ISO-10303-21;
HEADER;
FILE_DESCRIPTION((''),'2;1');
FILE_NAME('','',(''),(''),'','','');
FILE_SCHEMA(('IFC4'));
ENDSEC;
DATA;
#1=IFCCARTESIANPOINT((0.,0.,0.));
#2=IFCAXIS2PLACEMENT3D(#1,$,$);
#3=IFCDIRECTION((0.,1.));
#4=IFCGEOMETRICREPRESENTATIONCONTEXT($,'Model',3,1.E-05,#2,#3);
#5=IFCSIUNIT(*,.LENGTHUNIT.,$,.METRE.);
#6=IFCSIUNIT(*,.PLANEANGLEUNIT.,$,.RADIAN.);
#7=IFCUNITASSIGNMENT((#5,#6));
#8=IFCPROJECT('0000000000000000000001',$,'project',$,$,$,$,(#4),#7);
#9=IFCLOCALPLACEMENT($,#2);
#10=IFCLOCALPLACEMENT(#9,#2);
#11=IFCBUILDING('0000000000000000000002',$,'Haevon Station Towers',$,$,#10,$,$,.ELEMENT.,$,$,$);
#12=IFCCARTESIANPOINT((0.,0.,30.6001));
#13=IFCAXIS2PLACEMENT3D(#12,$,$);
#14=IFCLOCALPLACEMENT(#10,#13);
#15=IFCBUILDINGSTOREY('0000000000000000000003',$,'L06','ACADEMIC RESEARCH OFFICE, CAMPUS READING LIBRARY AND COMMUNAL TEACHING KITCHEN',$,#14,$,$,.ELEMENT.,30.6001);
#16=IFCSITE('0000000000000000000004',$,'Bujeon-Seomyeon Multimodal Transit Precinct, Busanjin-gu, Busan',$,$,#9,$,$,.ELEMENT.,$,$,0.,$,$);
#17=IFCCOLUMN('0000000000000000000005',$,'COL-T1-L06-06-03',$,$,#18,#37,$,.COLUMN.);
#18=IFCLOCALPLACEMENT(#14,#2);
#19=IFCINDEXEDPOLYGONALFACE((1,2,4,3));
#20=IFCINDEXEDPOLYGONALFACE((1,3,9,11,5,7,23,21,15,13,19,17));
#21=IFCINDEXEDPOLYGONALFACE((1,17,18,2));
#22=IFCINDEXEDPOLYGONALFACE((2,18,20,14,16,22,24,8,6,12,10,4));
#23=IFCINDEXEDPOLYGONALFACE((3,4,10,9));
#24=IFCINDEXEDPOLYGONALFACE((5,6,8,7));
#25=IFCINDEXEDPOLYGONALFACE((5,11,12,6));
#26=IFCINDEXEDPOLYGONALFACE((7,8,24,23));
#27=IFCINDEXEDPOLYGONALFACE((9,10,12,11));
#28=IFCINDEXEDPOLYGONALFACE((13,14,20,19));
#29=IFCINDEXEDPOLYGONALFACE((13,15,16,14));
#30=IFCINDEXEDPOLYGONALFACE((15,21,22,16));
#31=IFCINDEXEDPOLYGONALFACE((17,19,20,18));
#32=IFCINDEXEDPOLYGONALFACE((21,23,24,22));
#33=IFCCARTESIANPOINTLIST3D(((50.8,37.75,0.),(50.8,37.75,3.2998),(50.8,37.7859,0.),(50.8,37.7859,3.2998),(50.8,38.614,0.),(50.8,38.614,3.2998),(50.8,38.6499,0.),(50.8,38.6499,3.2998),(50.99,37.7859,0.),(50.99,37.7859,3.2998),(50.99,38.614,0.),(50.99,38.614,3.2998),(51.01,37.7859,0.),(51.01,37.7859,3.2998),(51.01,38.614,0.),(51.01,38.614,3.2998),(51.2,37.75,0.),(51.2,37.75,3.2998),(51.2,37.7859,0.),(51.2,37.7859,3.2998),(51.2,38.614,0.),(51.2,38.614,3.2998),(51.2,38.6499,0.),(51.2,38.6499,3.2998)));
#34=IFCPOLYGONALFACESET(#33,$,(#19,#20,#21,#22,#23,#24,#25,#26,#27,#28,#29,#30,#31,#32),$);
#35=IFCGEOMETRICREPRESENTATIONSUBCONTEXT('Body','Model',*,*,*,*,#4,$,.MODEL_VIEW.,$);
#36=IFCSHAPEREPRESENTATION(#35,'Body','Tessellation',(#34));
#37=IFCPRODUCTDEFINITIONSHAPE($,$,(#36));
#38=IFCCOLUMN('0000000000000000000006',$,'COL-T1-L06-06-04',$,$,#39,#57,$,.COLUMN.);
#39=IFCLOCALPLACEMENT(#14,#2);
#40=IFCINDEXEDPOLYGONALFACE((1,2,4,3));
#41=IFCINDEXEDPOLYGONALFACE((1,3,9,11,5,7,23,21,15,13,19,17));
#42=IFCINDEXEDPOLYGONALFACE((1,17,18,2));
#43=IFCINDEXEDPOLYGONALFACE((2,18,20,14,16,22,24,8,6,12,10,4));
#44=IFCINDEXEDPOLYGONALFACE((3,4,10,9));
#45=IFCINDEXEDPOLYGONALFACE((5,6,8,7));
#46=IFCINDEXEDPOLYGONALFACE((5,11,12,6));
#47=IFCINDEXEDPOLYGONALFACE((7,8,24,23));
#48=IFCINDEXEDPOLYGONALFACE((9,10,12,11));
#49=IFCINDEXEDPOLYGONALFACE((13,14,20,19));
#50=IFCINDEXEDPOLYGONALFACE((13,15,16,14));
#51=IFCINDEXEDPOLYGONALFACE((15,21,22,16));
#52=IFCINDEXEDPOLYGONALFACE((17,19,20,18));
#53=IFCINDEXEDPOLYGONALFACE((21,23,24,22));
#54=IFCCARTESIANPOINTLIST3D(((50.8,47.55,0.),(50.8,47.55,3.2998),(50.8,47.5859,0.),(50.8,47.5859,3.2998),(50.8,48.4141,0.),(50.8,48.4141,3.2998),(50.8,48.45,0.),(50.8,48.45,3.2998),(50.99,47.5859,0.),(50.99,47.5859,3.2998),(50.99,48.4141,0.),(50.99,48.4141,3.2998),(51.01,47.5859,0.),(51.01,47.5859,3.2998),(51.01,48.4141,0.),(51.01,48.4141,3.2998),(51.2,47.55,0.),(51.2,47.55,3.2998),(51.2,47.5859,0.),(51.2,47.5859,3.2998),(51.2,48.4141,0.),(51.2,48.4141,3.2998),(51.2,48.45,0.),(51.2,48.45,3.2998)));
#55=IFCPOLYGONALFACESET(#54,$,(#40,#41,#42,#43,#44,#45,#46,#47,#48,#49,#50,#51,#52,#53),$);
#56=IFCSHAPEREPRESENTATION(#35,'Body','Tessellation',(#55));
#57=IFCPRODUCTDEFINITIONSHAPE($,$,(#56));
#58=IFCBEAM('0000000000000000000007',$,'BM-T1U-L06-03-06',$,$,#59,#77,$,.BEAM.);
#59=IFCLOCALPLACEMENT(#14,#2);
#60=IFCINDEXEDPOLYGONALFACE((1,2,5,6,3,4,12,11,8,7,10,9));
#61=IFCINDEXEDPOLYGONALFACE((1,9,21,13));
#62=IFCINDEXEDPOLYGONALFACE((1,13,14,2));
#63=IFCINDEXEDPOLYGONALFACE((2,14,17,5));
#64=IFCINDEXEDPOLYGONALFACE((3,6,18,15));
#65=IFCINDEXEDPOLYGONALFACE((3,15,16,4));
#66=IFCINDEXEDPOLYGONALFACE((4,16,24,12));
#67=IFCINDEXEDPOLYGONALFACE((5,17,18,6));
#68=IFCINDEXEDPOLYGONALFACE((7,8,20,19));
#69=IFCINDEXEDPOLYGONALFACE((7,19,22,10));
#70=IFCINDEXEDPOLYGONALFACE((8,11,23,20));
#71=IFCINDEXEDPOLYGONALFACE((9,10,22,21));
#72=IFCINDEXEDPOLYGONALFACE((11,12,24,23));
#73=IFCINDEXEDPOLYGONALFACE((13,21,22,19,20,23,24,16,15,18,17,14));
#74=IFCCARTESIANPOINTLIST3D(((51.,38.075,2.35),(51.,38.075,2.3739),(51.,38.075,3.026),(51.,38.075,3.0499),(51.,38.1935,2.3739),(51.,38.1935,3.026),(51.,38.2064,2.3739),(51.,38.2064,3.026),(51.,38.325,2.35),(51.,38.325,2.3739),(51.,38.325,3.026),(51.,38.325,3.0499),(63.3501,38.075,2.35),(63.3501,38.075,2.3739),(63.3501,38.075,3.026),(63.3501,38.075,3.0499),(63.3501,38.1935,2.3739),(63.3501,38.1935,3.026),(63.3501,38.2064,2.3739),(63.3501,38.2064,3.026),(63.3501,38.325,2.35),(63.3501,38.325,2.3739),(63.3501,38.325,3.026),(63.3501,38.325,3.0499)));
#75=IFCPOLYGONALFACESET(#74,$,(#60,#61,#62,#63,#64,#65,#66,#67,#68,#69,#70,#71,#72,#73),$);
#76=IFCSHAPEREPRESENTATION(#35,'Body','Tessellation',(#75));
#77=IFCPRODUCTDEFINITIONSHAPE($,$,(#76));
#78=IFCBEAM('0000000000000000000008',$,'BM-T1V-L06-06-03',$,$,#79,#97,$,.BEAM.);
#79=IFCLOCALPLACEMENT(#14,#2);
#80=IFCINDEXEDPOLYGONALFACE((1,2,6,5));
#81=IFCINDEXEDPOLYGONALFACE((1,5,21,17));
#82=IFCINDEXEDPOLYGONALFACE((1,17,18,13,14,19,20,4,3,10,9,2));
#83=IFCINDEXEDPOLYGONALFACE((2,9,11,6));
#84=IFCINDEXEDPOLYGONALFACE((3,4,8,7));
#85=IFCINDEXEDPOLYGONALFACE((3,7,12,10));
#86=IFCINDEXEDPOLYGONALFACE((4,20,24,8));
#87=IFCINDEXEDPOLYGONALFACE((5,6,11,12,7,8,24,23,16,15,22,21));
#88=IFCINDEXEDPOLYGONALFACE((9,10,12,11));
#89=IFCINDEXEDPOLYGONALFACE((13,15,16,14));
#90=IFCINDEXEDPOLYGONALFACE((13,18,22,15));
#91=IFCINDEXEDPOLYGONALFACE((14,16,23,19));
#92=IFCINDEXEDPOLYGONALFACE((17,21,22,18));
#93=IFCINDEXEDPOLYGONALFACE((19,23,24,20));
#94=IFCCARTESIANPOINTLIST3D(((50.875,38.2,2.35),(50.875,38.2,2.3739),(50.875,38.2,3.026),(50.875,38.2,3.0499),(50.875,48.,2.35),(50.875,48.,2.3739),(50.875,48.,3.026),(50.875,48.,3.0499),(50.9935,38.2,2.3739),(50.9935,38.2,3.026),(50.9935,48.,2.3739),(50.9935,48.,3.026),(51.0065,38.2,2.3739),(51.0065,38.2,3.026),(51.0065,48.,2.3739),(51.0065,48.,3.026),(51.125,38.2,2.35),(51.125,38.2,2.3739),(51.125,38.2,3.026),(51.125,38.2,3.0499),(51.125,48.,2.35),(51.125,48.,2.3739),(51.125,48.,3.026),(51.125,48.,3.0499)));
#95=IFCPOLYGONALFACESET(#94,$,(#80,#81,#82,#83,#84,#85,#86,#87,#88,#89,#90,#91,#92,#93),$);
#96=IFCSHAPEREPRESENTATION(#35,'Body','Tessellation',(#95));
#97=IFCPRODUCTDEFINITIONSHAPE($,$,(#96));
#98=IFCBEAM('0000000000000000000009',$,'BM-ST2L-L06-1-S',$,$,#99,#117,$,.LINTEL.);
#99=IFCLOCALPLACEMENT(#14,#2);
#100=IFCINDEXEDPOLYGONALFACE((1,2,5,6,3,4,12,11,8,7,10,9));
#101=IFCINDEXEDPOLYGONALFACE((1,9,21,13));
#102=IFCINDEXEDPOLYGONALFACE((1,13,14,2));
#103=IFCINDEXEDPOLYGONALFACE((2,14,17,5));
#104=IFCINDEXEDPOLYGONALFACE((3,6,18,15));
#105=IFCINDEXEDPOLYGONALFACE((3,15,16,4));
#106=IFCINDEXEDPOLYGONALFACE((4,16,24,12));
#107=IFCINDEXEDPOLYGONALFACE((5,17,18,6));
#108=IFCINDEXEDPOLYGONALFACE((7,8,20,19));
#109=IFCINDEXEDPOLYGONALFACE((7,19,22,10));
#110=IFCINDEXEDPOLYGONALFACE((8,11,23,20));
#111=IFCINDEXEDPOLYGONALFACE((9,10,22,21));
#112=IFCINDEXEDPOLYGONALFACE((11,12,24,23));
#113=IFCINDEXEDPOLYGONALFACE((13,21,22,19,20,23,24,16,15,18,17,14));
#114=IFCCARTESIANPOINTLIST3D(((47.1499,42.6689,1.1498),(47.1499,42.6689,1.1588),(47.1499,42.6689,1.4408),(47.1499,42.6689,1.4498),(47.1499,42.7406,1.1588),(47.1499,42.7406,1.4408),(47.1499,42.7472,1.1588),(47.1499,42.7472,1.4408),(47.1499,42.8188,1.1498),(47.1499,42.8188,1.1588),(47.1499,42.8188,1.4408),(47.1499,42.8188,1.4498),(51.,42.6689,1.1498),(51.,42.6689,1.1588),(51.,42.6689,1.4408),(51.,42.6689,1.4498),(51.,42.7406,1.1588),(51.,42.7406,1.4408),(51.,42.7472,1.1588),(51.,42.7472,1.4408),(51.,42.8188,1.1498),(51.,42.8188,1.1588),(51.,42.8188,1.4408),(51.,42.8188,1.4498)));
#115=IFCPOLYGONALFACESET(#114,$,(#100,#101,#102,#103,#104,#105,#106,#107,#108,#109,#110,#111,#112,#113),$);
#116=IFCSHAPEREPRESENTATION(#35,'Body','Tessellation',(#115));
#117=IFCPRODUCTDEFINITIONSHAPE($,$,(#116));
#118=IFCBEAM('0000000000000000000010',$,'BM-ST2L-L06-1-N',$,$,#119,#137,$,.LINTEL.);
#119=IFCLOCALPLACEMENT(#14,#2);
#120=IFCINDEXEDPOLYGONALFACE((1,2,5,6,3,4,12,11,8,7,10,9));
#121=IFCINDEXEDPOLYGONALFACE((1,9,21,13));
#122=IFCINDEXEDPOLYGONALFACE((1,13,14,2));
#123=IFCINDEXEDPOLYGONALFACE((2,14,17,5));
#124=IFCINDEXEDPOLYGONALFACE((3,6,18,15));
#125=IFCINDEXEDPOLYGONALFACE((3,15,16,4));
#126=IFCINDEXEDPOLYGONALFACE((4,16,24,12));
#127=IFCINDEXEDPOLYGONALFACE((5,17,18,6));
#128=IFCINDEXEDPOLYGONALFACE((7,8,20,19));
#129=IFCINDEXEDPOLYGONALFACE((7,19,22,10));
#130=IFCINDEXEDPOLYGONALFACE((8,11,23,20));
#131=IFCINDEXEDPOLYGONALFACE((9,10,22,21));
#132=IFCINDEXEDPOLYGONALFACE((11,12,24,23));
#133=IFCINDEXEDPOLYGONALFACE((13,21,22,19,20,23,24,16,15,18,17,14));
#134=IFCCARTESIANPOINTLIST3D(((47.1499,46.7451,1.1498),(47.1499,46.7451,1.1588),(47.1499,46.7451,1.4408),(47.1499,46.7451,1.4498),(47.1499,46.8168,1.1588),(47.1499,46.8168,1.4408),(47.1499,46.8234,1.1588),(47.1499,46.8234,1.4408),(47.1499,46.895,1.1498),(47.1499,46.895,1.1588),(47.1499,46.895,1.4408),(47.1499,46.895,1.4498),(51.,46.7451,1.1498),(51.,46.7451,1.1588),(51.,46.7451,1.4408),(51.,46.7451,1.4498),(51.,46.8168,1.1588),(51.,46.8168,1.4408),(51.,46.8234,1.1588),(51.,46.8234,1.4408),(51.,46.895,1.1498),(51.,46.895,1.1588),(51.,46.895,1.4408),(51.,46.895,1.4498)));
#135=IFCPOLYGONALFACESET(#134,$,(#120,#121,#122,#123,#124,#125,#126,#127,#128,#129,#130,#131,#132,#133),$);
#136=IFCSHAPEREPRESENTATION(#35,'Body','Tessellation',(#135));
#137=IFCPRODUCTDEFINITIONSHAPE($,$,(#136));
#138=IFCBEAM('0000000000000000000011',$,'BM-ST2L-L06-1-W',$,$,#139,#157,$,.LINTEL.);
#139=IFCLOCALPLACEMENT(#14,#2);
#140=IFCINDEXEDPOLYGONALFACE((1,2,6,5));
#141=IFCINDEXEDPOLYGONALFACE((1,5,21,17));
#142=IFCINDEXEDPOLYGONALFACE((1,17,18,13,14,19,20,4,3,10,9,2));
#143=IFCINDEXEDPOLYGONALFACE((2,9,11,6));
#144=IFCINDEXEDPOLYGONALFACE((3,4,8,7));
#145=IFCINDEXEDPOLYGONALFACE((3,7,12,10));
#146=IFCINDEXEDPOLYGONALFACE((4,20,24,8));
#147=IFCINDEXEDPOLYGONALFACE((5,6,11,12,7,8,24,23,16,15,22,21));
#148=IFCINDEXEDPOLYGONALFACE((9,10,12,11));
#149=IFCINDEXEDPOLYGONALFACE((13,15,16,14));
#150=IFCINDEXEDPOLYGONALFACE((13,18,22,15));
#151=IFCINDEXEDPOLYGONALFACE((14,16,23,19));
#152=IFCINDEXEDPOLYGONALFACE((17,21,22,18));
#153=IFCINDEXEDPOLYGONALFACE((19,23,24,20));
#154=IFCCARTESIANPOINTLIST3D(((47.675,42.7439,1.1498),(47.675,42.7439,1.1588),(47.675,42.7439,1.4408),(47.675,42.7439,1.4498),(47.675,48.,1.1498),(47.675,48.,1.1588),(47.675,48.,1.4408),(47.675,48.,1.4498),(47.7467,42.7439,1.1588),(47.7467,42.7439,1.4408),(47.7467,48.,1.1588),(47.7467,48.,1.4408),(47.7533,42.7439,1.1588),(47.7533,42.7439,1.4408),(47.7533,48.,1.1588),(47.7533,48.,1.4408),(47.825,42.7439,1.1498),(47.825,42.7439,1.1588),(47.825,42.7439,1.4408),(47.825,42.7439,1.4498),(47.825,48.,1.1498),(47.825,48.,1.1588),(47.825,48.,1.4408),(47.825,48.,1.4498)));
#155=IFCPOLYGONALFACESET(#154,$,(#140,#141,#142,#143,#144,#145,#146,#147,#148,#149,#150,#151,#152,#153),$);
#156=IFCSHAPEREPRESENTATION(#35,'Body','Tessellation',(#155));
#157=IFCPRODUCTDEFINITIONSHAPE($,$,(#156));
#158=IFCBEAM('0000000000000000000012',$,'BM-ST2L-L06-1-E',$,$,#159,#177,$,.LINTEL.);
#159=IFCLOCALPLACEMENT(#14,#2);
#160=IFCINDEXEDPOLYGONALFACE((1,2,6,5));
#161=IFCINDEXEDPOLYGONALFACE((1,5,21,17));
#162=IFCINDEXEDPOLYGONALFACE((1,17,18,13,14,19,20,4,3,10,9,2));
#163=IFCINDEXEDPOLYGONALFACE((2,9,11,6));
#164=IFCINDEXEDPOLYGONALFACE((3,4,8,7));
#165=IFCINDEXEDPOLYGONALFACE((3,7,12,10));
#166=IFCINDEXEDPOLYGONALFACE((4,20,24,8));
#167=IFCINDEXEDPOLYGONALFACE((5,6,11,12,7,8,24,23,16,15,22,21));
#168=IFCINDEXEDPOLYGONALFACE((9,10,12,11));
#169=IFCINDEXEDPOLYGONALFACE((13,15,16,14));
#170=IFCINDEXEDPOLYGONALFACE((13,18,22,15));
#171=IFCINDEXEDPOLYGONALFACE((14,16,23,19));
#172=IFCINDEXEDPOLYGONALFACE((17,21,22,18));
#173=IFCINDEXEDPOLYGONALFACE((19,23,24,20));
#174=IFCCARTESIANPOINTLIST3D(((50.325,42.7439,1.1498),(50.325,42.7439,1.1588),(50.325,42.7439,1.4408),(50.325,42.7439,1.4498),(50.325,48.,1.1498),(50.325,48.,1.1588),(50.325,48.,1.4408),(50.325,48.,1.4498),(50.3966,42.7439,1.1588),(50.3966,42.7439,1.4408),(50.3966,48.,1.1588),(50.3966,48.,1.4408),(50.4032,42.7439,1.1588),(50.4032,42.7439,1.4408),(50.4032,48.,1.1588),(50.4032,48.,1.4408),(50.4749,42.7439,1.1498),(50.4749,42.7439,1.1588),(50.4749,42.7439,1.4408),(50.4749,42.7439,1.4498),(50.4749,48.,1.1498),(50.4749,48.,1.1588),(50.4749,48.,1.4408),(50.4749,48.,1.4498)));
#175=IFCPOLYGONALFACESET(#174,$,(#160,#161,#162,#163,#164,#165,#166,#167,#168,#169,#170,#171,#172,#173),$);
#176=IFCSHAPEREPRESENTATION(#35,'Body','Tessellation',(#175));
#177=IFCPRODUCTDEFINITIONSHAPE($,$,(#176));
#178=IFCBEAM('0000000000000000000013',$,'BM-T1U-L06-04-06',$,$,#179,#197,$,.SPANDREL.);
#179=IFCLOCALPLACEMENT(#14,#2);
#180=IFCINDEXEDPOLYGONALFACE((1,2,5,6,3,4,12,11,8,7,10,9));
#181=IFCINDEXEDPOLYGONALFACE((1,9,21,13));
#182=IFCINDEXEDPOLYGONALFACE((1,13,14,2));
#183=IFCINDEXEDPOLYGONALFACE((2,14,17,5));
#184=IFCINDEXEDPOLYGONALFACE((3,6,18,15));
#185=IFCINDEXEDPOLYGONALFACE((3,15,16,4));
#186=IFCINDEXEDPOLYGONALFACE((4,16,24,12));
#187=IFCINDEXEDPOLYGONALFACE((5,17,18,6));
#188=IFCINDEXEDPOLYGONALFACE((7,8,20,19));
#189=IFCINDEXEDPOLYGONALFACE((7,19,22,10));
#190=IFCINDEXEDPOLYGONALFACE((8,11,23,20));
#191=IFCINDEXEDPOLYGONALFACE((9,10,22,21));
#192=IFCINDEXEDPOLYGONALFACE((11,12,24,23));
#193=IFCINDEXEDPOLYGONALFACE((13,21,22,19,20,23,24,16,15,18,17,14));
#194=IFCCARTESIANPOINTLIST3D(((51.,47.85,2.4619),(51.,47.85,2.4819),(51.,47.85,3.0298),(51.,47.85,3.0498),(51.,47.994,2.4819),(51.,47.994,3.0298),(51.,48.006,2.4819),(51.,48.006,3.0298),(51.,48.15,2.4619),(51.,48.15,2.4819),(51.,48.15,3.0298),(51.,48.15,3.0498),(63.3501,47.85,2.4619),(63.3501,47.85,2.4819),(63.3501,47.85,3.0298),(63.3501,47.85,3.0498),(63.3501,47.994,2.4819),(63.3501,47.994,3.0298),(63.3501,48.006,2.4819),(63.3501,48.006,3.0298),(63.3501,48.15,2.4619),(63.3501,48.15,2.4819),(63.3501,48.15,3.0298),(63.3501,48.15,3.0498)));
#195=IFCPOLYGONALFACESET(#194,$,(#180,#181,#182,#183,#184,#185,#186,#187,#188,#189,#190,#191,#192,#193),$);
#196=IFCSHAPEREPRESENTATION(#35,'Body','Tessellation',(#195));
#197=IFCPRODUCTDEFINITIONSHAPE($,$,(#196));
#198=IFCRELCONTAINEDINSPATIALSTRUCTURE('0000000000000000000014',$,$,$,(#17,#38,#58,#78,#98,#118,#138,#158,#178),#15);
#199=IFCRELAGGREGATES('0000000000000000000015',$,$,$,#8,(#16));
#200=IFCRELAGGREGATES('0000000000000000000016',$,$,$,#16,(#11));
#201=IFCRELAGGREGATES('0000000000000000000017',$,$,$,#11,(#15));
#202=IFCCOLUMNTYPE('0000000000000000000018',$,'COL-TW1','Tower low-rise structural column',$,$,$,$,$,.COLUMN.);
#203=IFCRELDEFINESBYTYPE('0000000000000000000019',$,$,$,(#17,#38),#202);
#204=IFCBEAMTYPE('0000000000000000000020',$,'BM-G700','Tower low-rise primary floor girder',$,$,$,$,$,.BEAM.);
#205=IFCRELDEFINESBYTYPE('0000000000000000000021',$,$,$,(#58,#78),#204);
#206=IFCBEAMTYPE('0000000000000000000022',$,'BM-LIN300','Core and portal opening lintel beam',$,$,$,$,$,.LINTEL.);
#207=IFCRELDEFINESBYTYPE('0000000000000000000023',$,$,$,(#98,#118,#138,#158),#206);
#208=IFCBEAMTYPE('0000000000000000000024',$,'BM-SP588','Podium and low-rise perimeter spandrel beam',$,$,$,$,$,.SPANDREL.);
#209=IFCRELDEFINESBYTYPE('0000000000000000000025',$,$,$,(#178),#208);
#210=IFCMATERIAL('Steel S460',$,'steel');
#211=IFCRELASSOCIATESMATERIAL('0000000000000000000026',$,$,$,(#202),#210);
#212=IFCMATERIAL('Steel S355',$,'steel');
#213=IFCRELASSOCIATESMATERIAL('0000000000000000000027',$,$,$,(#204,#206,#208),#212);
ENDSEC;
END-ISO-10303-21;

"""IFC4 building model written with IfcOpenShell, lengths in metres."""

from ifc_helpers import new_model, si_unit, direction, frame, origin, origin_2d, place, context, subcontext, project, spatial, i_section, extrude, material, material_profile, profile_set, type_object, element, save


model = new_model("IFC4")

# Units and contexts
model_context = context("Model", 3, precision=1e-05, world=origin(), true_north=direction((0.0, 1.0)))
body_context = subcontext(model_context, "Body", "Model", "MODEL_VIEW")
ifc_project = project(units=[si_unit("LENGTHUNIT", "METRE"), si_unit("PLANEANGLEUNIT", "RADIAN")], contexts=[model_context])

# Site, building, storey
site_placement = place(None, origin())
site = spatial("IfcSite", under=ifc_project, at=site_placement, Name="Bujeon-Seomyeon Multimodal Transit Precinct, Busanjin-gu, Busan", CompositionType="ELEMENT", RefElevation=0.0)
building_placement = place(site_placement, origin())
building = spatial("IfcBuilding", under=site, at=building_placement, Name="Haevon Station Towers", CompositionType="ELEMENT")
storey_placement = place(building_placement, frame((0.0, 0.0, 30.6001)))
storey = spatial("IfcBuildingStorey", under=building, at=storey_placement, Name="L06", Description="ACADEMIC RESEARCH OFFICE, CAMPUS READING LIBRARY AND COMMUNAL TEACHING KITCHEN", CompositionType="ELEMENT", Elevation=30.6001)

# Columns
ifc_material_1 = material(Name="Steel S460", Category="steel")
ifc_material_profile_1 = material_profile(ifc_material_1, i_section(OverallWidth=0.3999, OverallDepth=0.8999, WebThickness=0.02, FlangeThickness=0.0359, at=origin_2d()), Name="H-900x400x20x36")
ifc_profile_set_1 = profile_set([ifc_material_profile_1], Name="Steel S460")
column_type = type_object("IfcColumnType", Name="COL-TW1", Description="Tower low-rise structural column", PredefinedType="COLUMN", material=ifc_profile_set_1)
for number, where, z_axis, x_axis, name in (
    (1, (51.0, 38.2, 0.0), (0.0, 0.0, 1.0), (1.0, 0.0, 0.0), "COL-T1-L06-06-03"),
    (2, (51.0, 48.0, 0.0), (0.0, 0.0, 1.0), (1.0, 0.0, 0.0), "COL-T1-L06-06-04"),
):
    element("IfcColumn", number, at=place(storey_placement, frame(where, z_axis=z_axis, x_axis=x_axis)), inside=storey, type_object=column_type, Name=name, PredefinedType="COLUMN", context=body_context, shape_type="SweptSolid", body=[
        extrude(i_section(OverallWidth=0.3999, OverallDepth=0.8999, WebThickness=0.02, FlangeThickness=0.0359, at=origin_2d()), origin(), (0.0, 0.0, 1.0), 3.2998),
    ])

# Beams
ifc_material_2 = material(Name="Steel S355", Category="steel")
ifc_material_profile_2 = material_profile(ifc_material_2, i_section(OverallWidth=0.25, OverallDepth=0.7, WebThickness=0.0129, FlangeThickness=0.0239, at=origin_2d()), Name="H-700x250x13x24")
ifc_profile_set_2 = profile_set([ifc_material_profile_2], Name="Steel S355")
beam_type_1 = type_object("IfcBeamType", Name="BM-G700", Description="Tower low-rise primary floor girder", PredefinedType="BEAM", material=ifc_profile_set_2)
beam_1_placement = place(storey_placement, frame((51.0, 38.2, 2.7), z_axis=(1.0, 0.0, 0.0), x_axis=(0.0, 1.0, 0.0)))
element("IfcBeam", 3, at=beam_1_placement, inside=storey, type_object=beam_type_1, Name="BM-T1U-L06-03-06", PredefinedType="BEAM", context=body_context, shape_type="SweptSolid", body=[
    extrude(i_section(OverallWidth=0.25, OverallDepth=0.7, WebThickness=0.0129, FlangeThickness=0.0239, at=origin_2d()), origin(), (0.0, 0.0, 1.0), 12.3501),
])
beam_2_placement = place(storey_placement, frame((51.0, 38.2, 2.7), z_axis=(0.0, 1.0, 0.0), x_axis=(-1.0, 0.0, 0.0)))
element("IfcBeam", 4, at=beam_2_placement, inside=storey, type_object=beam_type_1, Name="BM-T1V-L06-06-03", PredefinedType="BEAM", context=body_context, shape_type="SweptSolid", body=[
    extrude(i_section(OverallWidth=0.25, OverallDepth=0.7, WebThickness=0.0129, FlangeThickness=0.0239, at=origin_2d()), origin(), (0.0, 0.0, 1.0), 9.8),
])
ifc_material_profile_3 = material_profile(ifc_material_2, i_section(OverallWidth=0.1499, OverallDepth=0.3, WebThickness=0.0066, FlangeThickness=0.009, at=origin_2d()), Name="H-300x150x6.5x9")
ifc_profile_set_3 = profile_set([ifc_material_profile_3], Name="Steel S355")
beam_type_2 = type_object("IfcBeamType", Name="BM-LIN300", Description="Core and portal opening lintel beam", PredefinedType="LINTEL", material=ifc_profile_set_3)
for number, where, z_axis, x_axis, name in (
    (5, (47.1499, 42.7439, 1.2998), (1.0, 0.0, 0.0), (0.0, 1.0, 0.0), "BM-ST2L-L06-1-S"),
    (6, (47.1499, 46.8201, 1.2998), (1.0, 0.0, 0.0), (0.0, 1.0, 0.0), "BM-ST2L-L06-1-N"),
):
    element("IfcBeam", number, at=place(storey_placement, frame(where, z_axis=z_axis, x_axis=x_axis)), inside=storey, type_object=beam_type_2, Name=name, PredefinedType="LINTEL", context=body_context, shape_type="SweptSolid", body=[
        extrude(i_section(OverallWidth=0.1499, OverallDepth=0.3, WebThickness=0.0066, FlangeThickness=0.009, at=origin_2d()), origin(), (0.0, 0.0, 1.0), 3.8501),
    ])
for number, where, z_axis, x_axis, name in (
    (7, (47.75, 42.7439, 1.2998), (0.0, 1.0, 0.0), (-1.0, 0.0, 0.0), "BM-ST2L-L06-1-W"),
    (8, (50.3999, 42.7439, 1.2998), (0.0, 1.0, 0.0), (-1.0, 0.0, 0.0), "BM-ST2L-L06-1-E"),
):
    element("IfcBeam", number, at=place(storey_placement, frame(where, z_axis=z_axis, x_axis=x_axis)), inside=storey, type_object=beam_type_2, Name=name, PredefinedType="LINTEL", context=body_context, shape_type="SweptSolid", body=[
        extrude(i_section(OverallWidth=0.1499, OverallDepth=0.3, WebThickness=0.0066, FlangeThickness=0.009, at=origin_2d()), origin(), (0.0, 0.0, 1.0), 5.2561),
    ])
ifc_material_profile_4 = material_profile(ifc_material_2, i_section(OverallWidth=0.3, OverallDepth=0.5879, WebThickness=0.012, FlangeThickness=0.02, at=origin_2d()), Name="H-588x300x12x20")
ifc_profile_set_4 = profile_set([ifc_material_profile_4], Name="Steel S355")
beam_type_3 = type_object("IfcBeamType", Name="BM-SP588", Description="Podium and low-rise perimeter spandrel beam", PredefinedType="SPANDREL", material=ifc_profile_set_4)
beam_3_placement = place(storey_placement, frame((51.0, 48.0, 2.7559), z_axis=(1.0, 0.0, 0.0), x_axis=(0.0, 1.0, 0.0)))
element("IfcBeam", 9, at=beam_3_placement, inside=storey, type_object=beam_type_3, Name="BM-T1U-L06-04-06", PredefinedType="SPANDREL", context=body_context, shape_type="SweptSolid", body=[
    extrude(i_section(OverallWidth=0.3, OverallDepth=0.5879, WebThickness=0.012, FlangeThickness=0.02, at=origin_2d()), origin(), (0.0, 0.0, 1.0), 12.3501),
])

save(model, "model.ifc")
